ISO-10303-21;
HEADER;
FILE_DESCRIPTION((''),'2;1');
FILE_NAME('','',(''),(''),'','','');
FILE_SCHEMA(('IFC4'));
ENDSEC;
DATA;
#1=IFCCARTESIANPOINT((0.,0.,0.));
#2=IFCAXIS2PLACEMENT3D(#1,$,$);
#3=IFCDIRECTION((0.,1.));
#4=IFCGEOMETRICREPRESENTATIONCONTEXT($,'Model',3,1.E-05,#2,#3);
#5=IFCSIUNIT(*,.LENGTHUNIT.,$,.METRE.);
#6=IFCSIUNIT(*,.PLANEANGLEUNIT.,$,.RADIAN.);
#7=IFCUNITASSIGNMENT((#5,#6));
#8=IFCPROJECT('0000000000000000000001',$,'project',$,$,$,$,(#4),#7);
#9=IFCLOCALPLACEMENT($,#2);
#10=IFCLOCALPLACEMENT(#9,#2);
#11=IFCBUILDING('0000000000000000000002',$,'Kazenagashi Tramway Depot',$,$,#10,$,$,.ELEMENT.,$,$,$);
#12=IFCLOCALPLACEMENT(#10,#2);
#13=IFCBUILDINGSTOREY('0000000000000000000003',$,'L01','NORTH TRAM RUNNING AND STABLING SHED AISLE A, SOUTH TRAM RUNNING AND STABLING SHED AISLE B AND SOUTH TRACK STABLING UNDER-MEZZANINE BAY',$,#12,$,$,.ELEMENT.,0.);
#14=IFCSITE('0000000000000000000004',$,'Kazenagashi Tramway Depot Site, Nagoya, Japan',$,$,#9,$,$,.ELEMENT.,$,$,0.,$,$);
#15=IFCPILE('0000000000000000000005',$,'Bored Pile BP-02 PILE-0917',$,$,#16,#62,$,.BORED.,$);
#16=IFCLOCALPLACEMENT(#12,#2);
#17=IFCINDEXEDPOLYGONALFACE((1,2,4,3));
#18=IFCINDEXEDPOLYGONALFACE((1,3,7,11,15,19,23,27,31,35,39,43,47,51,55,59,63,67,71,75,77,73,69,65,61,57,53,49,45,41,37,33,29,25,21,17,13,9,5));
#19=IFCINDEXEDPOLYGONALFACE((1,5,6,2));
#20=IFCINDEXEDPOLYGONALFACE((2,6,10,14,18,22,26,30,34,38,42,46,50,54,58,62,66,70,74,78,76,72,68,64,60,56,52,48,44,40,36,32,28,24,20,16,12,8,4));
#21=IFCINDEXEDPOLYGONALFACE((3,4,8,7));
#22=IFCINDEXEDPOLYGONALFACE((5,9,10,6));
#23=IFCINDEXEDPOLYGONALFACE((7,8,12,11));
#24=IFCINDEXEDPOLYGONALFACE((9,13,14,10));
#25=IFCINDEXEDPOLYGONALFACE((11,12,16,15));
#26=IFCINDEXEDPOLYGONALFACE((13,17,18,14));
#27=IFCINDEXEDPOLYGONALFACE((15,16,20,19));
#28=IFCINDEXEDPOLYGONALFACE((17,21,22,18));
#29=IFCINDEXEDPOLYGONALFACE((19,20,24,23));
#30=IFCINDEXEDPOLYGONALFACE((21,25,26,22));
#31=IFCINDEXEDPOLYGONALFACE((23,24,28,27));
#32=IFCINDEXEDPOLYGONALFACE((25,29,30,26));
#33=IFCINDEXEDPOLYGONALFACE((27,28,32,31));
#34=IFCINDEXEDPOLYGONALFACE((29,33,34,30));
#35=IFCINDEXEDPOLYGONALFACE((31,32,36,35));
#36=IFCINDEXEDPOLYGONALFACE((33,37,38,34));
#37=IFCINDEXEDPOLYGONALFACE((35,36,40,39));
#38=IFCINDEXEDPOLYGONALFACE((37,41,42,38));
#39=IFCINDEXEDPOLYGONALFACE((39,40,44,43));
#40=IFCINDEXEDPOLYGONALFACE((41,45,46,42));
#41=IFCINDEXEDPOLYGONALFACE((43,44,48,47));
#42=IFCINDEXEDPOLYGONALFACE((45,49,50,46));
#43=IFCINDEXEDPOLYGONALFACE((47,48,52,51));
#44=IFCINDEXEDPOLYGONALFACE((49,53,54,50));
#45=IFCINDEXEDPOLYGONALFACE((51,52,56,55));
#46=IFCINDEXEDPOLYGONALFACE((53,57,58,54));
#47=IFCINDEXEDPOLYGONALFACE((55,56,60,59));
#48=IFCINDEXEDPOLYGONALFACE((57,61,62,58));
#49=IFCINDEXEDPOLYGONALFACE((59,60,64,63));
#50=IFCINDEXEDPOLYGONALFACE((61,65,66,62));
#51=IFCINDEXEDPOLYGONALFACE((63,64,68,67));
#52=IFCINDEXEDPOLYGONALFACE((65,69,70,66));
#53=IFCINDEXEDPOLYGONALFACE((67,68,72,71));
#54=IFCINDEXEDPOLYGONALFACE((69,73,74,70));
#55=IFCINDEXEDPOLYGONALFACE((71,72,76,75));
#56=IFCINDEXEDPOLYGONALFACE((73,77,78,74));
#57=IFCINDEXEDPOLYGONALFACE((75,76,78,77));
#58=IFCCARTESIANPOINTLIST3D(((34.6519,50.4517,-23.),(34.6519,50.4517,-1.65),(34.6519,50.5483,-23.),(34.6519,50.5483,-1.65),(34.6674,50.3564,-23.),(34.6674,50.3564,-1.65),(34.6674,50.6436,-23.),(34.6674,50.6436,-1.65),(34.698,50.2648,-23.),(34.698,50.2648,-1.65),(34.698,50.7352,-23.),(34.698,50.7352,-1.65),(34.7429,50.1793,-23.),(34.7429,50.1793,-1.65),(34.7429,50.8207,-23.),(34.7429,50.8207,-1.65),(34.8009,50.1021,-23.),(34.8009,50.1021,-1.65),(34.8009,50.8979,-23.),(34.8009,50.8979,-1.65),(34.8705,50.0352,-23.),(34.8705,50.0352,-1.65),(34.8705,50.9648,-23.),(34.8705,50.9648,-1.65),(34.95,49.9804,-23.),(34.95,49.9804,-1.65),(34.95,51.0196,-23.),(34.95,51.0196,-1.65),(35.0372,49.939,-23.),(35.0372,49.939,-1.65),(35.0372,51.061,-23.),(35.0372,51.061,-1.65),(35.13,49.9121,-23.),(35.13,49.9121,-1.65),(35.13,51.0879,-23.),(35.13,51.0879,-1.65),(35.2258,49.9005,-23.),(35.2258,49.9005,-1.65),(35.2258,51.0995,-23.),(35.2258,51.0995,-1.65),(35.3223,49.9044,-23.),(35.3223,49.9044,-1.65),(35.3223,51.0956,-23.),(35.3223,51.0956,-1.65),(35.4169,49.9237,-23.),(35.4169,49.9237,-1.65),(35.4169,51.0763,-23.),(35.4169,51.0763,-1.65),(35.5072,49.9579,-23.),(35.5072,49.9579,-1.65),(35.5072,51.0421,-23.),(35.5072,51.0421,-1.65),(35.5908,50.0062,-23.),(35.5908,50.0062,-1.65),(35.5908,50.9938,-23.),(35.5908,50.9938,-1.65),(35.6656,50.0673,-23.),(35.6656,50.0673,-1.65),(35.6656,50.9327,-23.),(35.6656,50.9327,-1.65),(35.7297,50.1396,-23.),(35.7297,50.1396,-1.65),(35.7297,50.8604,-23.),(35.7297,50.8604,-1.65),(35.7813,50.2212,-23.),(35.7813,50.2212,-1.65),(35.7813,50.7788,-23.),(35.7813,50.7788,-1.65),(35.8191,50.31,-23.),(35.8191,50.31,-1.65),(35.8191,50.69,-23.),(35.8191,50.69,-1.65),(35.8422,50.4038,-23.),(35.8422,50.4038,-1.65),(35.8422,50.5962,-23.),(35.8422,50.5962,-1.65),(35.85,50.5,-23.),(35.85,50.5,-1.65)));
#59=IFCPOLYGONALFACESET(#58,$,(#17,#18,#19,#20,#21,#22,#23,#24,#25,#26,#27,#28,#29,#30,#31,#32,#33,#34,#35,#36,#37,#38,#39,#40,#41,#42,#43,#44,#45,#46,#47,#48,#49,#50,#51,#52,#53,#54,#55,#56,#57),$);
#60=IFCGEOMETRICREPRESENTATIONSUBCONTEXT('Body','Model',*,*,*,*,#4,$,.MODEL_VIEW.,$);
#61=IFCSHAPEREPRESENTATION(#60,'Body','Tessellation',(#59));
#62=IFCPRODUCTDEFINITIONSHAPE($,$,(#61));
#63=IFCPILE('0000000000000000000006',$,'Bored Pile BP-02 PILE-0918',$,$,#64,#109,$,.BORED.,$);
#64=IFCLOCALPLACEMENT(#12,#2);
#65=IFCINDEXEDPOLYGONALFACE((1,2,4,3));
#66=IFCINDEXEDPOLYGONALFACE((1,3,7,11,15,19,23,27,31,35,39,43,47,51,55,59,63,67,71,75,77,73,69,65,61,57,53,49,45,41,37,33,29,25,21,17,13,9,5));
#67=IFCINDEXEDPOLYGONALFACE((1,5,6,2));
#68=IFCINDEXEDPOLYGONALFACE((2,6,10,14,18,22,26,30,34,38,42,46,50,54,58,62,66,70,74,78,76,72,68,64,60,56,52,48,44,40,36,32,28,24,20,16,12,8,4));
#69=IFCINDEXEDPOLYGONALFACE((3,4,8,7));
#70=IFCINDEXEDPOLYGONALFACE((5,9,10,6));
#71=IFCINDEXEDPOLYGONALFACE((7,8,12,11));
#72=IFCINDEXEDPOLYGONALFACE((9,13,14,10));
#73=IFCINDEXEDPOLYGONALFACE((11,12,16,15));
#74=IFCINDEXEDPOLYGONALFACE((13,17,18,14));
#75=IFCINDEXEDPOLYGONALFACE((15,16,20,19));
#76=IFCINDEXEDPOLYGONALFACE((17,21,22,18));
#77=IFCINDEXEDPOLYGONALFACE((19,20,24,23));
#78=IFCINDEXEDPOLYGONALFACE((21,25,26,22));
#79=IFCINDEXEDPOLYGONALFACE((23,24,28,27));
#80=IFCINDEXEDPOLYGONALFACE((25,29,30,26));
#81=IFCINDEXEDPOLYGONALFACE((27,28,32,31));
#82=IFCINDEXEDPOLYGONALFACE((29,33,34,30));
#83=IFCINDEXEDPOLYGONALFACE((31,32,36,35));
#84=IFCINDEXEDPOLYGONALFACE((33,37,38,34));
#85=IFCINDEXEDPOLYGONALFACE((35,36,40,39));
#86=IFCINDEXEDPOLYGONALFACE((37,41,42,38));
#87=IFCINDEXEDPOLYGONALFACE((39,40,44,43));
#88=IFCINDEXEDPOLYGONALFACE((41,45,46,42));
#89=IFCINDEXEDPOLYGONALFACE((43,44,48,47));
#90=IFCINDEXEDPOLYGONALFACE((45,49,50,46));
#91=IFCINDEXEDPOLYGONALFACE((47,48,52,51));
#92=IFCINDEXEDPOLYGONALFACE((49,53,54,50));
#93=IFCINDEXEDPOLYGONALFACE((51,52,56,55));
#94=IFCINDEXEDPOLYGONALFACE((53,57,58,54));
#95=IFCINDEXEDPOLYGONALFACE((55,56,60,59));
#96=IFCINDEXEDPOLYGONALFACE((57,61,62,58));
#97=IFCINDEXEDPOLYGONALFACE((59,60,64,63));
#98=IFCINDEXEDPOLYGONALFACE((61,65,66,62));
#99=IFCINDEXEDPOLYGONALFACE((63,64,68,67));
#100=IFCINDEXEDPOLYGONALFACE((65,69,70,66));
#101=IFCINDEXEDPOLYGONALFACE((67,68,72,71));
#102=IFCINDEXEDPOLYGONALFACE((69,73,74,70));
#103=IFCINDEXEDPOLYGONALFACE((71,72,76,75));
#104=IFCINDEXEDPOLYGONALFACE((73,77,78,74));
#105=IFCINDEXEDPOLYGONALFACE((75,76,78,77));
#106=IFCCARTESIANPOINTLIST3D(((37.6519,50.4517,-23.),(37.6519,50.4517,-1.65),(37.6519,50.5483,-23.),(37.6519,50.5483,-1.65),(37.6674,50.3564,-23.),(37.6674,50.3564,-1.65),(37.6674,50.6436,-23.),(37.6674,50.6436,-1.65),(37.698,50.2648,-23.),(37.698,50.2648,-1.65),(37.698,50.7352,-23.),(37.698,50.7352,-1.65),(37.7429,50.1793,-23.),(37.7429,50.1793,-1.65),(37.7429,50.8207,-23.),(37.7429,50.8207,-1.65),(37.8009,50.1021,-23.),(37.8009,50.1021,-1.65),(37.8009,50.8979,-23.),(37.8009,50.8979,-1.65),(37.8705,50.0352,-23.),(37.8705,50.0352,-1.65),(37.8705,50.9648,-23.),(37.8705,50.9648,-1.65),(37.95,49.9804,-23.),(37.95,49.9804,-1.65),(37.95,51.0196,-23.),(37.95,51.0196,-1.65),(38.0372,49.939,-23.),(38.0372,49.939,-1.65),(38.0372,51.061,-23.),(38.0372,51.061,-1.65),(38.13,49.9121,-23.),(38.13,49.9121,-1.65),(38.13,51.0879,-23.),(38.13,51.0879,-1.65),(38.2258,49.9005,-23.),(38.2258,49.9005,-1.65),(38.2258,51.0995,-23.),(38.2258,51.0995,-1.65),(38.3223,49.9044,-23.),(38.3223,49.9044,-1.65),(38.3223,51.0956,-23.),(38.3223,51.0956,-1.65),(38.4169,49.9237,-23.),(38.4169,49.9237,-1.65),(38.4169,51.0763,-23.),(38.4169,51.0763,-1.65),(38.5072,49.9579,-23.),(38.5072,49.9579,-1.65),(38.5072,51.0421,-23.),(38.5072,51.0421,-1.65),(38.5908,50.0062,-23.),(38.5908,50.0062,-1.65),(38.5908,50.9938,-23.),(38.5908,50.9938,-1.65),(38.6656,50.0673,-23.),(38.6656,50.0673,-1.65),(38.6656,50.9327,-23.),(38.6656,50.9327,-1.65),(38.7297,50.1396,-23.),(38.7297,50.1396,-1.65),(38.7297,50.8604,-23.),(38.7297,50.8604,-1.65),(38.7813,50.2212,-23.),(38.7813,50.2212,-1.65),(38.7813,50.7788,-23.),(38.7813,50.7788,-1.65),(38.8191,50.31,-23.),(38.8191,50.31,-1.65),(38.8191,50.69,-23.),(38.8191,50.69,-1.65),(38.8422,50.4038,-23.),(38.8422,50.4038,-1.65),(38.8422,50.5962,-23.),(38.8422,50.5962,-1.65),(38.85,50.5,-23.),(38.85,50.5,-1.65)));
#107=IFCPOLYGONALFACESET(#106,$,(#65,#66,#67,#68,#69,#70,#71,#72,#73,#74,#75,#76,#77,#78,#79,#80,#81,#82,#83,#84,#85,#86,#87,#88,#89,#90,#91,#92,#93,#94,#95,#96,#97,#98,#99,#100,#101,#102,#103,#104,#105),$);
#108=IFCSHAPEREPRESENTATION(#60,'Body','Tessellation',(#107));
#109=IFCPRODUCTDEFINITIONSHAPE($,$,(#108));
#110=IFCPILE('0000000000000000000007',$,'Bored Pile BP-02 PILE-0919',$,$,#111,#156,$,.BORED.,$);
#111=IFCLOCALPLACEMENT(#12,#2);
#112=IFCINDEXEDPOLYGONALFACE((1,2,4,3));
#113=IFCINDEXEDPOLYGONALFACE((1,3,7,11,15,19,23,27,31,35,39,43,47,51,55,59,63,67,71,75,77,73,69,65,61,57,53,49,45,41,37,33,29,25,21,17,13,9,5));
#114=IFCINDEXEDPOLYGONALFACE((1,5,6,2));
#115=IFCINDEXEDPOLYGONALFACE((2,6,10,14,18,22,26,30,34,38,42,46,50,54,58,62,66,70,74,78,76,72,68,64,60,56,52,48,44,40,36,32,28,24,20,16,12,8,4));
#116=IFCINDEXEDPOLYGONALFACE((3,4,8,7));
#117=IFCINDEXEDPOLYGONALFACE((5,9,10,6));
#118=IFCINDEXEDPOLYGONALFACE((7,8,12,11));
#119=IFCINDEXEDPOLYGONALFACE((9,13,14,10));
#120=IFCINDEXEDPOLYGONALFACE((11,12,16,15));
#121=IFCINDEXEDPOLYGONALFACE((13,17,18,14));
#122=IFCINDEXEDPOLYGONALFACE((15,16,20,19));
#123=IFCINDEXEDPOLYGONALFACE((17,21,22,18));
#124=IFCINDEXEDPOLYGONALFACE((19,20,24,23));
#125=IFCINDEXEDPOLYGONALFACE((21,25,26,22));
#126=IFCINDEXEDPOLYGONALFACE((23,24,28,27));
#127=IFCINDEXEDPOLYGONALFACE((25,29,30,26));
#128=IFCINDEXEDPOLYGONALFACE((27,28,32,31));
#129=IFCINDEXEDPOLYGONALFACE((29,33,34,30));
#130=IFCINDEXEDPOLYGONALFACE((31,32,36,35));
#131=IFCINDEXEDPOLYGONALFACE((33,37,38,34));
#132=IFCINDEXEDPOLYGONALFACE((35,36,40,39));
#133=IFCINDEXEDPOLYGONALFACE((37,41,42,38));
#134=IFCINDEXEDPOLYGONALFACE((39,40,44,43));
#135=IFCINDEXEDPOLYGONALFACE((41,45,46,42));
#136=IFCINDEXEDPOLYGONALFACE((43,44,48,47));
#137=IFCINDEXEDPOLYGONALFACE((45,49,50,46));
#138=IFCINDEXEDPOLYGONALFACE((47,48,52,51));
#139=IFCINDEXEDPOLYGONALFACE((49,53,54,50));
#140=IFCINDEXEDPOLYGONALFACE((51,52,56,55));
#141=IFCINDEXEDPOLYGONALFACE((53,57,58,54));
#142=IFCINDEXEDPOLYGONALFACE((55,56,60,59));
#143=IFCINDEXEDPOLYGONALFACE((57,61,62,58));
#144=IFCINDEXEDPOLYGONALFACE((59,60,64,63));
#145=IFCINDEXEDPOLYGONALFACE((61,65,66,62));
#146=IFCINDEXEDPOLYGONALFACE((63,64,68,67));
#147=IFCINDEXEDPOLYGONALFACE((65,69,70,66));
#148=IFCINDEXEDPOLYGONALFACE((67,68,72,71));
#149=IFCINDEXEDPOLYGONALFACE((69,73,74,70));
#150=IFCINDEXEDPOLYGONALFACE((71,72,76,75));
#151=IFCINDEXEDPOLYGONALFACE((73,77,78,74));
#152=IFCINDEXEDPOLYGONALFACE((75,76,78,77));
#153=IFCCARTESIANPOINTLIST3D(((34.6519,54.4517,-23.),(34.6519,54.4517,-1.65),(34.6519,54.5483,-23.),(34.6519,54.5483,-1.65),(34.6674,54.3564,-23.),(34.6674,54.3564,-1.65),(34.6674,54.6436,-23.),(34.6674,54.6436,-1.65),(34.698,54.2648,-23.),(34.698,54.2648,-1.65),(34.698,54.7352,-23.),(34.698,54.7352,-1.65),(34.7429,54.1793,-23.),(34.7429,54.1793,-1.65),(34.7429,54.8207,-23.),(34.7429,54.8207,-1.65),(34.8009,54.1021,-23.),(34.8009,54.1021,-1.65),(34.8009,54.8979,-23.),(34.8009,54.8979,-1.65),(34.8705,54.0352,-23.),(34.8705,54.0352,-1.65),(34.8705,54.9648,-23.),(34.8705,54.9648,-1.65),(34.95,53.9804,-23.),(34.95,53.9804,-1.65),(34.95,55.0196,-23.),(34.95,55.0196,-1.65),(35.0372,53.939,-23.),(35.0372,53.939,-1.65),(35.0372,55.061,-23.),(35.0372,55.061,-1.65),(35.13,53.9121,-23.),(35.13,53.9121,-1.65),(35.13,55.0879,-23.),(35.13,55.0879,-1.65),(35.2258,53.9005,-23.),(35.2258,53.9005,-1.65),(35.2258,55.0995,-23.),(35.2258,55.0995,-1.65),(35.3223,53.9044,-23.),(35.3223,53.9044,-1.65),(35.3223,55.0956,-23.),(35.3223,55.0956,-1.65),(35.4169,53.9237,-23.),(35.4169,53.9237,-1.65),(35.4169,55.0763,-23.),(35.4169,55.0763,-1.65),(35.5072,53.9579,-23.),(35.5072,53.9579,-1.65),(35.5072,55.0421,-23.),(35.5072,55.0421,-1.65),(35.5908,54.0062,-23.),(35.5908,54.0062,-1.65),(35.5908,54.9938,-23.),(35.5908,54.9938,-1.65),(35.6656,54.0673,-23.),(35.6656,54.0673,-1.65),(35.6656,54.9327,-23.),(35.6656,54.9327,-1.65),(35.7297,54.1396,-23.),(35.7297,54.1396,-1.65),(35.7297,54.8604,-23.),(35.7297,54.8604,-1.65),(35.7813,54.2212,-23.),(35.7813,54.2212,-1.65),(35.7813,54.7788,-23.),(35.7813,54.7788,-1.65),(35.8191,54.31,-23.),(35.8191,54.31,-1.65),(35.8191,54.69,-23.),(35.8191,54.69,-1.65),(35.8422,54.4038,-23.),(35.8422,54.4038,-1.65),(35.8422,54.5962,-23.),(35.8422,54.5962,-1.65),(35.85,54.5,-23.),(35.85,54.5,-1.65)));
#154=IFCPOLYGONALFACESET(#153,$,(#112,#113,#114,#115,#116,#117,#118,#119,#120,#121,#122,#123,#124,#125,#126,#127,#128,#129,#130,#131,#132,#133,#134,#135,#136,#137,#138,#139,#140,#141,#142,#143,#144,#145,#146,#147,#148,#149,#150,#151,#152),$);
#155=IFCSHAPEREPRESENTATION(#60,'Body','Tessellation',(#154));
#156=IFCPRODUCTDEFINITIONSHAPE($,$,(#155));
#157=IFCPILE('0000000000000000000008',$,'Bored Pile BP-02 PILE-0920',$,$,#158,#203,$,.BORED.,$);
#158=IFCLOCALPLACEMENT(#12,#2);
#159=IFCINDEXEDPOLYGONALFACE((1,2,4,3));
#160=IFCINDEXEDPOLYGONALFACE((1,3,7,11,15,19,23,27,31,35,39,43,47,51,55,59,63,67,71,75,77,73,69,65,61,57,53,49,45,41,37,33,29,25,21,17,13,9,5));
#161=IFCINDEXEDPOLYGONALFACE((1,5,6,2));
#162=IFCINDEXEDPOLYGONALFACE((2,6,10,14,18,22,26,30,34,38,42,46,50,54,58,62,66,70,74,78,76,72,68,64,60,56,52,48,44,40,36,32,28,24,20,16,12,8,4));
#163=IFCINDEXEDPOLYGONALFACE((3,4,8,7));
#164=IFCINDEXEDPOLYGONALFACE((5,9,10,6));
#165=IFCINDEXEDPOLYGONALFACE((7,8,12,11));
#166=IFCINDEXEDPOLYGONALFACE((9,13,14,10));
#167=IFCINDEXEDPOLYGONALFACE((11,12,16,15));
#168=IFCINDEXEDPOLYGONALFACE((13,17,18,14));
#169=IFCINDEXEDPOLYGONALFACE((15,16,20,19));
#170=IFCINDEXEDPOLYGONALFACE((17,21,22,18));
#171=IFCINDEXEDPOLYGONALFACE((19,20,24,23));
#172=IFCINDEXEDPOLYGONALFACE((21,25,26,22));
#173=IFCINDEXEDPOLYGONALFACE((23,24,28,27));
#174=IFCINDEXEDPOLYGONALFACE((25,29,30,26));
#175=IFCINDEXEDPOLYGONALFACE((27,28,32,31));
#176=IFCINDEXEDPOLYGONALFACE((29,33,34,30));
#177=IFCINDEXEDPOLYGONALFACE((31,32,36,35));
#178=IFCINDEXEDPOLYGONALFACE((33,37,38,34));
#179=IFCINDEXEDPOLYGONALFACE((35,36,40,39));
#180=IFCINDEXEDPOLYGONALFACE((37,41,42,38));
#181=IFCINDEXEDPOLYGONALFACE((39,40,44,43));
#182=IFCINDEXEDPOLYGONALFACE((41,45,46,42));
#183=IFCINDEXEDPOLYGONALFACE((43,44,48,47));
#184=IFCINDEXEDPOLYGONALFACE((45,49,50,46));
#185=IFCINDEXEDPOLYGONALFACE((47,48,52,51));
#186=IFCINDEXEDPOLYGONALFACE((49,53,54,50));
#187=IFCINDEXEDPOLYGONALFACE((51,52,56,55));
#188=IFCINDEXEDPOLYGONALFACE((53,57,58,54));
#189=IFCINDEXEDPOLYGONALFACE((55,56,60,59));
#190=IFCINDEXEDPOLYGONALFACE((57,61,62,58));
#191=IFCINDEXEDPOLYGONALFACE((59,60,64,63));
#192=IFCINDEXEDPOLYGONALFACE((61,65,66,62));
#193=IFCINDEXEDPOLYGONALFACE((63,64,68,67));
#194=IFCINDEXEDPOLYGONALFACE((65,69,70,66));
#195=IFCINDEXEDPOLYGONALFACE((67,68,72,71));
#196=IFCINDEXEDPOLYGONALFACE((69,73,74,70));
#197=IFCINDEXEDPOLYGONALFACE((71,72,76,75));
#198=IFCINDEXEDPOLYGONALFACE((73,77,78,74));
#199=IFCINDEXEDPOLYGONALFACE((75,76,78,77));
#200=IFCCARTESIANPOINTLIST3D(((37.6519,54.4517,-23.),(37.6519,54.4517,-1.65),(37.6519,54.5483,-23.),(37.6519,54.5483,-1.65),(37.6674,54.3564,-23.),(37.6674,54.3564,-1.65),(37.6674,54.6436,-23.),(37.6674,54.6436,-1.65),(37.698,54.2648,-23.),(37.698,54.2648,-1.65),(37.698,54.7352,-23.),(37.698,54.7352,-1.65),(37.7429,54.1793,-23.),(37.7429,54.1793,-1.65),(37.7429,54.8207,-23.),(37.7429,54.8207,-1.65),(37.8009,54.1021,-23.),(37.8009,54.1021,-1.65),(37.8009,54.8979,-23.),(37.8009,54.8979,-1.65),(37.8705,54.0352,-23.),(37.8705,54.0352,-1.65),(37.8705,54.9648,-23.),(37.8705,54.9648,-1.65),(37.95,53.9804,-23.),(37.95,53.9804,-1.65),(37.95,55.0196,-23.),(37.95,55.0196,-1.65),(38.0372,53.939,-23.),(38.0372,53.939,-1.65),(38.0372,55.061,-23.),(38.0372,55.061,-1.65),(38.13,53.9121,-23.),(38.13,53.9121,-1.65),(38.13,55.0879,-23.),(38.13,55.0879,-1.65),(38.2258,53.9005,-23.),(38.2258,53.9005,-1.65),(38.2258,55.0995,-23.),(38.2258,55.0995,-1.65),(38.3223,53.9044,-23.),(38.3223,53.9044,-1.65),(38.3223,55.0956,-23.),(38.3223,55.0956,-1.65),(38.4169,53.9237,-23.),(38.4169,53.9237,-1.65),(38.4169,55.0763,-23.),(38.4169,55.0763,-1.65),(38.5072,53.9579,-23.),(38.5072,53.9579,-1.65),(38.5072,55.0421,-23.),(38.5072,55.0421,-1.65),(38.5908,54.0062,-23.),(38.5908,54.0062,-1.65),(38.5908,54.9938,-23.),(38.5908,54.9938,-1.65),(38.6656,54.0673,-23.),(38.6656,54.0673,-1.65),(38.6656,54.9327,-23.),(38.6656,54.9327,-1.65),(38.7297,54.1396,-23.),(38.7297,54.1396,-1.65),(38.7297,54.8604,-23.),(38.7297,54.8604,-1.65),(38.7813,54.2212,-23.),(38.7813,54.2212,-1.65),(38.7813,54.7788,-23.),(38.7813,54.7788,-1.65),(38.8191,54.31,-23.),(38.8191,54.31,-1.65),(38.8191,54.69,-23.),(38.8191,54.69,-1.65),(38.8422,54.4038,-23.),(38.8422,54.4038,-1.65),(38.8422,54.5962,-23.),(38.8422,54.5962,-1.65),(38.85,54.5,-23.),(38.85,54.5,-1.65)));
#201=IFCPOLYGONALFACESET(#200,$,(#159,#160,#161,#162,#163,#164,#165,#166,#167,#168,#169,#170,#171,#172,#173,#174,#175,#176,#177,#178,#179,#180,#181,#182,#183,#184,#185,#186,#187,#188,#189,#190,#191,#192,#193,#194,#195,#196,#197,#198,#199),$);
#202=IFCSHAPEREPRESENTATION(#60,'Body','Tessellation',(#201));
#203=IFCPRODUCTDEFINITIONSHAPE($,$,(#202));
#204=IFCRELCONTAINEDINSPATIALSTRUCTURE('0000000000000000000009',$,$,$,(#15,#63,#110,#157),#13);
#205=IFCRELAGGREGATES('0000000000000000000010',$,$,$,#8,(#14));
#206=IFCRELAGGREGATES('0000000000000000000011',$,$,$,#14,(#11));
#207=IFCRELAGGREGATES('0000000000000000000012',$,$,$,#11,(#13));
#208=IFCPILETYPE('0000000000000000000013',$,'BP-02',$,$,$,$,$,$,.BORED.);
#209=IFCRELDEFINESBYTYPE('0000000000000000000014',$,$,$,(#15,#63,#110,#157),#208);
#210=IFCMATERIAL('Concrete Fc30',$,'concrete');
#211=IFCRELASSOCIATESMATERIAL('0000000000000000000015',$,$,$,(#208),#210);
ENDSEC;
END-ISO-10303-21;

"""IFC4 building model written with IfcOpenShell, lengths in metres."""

from ifc_helpers import new_model, si_unit, direction, frame, origin, origin_2d, place, context, subcontext, project, spatial, circle, extrude, material, material_profile, profile_set, type_object, element, save


model = new_model("IFC4")

# Units and contexts
model_context = context("Model", 3, precision=1e-05, world=origin(), true_north=direction((0.0, 1.0)))
body_context = subcontext(model_context, "Body", "Model", "MODEL_VIEW")
ifc_project = project(units=[si_unit("LENGTHUNIT", "METRE"), si_unit("PLANEANGLEUNIT", "RADIAN")], contexts=[model_context])

# Site, building, storey
site_placement = place(None, origin())
site = spatial("IfcSite", under=ifc_project, at=site_placement, Name="Kazenagashi Tramway Depot Site, Nagoya, Japan", CompositionType="ELEMENT", RefElevation=0.0)
building_placement = place(site_placement, origin())
building = spatial("IfcBuilding", under=site, at=building_placement, Name="Kazenagashi Tramway Depot", CompositionType="ELEMENT")
storey_placement = place(building_placement, origin())
storey = spatial("IfcBuildingStorey", under=building, at=storey_placement, Name="L01", Description="NORTH TRAM RUNNING AND STABLING SHED AISLE A, SOUTH TRAM RUNNING AND STABLING SHED AISLE B AND SOUTH TRACK STABLING UNDER-MEZZANINE BAY", CompositionType="ELEMENT", Elevation=0.0)

# Piles
ifc_material_1 = material(Name="Concrete Fc30", Category="concrete")
ifc_material_profile_1 = material_profile(ifc_material_1, circle(Radius=0.6, at=origin_2d()), Name="PILE-1200")
ifc_profile_set_1 = profile_set([ifc_material_profile_1], Name="Concrete Fc30")
pile_type_1 = type_object("IfcPileType", Name="BP-02", PredefinedType="BORED", material=ifc_profile_set_1)
for number, where, z_axis, x_axis, name in (
    (1, (35.25, 50.5, -1.65), (0.0, 0.0, -1.0), (1.0, 0.0, 0.0), "Bored Pile BP-02 PILE-0917"),
    (2, (38.25, 50.5, -1.65), (0.0, 0.0, -1.0), (1.0, 0.0, 0.0), "Bored Pile BP-02 PILE-0918"),
    (3, (35.25, 54.5, -1.65), (0.0, 0.0, -1.0), (1.0, 0.0, 0.0), "Bored Pile BP-02 PILE-0919"),
    (4, (38.25, 54.5, -1.65), (0.0, 0.0, -1.0), (1.0, 0.0, 0.0), "Bored Pile BP-02 PILE-0920"),
):
    element("IfcPile", number, at=place(storey_placement, frame(where, z_axis=z_axis, x_axis=x_axis)), inside=storey, type_object=pile_type_1, Name=name, PredefinedType="BORED", context=body_context, shape_type="SweptSolid", body=[
        extrude(circle(Radius=0.6, at=origin_2d()), origin(), (0.0, 0.0, 1.0), 21.35),
    ])

save(model, "model.ifc")
